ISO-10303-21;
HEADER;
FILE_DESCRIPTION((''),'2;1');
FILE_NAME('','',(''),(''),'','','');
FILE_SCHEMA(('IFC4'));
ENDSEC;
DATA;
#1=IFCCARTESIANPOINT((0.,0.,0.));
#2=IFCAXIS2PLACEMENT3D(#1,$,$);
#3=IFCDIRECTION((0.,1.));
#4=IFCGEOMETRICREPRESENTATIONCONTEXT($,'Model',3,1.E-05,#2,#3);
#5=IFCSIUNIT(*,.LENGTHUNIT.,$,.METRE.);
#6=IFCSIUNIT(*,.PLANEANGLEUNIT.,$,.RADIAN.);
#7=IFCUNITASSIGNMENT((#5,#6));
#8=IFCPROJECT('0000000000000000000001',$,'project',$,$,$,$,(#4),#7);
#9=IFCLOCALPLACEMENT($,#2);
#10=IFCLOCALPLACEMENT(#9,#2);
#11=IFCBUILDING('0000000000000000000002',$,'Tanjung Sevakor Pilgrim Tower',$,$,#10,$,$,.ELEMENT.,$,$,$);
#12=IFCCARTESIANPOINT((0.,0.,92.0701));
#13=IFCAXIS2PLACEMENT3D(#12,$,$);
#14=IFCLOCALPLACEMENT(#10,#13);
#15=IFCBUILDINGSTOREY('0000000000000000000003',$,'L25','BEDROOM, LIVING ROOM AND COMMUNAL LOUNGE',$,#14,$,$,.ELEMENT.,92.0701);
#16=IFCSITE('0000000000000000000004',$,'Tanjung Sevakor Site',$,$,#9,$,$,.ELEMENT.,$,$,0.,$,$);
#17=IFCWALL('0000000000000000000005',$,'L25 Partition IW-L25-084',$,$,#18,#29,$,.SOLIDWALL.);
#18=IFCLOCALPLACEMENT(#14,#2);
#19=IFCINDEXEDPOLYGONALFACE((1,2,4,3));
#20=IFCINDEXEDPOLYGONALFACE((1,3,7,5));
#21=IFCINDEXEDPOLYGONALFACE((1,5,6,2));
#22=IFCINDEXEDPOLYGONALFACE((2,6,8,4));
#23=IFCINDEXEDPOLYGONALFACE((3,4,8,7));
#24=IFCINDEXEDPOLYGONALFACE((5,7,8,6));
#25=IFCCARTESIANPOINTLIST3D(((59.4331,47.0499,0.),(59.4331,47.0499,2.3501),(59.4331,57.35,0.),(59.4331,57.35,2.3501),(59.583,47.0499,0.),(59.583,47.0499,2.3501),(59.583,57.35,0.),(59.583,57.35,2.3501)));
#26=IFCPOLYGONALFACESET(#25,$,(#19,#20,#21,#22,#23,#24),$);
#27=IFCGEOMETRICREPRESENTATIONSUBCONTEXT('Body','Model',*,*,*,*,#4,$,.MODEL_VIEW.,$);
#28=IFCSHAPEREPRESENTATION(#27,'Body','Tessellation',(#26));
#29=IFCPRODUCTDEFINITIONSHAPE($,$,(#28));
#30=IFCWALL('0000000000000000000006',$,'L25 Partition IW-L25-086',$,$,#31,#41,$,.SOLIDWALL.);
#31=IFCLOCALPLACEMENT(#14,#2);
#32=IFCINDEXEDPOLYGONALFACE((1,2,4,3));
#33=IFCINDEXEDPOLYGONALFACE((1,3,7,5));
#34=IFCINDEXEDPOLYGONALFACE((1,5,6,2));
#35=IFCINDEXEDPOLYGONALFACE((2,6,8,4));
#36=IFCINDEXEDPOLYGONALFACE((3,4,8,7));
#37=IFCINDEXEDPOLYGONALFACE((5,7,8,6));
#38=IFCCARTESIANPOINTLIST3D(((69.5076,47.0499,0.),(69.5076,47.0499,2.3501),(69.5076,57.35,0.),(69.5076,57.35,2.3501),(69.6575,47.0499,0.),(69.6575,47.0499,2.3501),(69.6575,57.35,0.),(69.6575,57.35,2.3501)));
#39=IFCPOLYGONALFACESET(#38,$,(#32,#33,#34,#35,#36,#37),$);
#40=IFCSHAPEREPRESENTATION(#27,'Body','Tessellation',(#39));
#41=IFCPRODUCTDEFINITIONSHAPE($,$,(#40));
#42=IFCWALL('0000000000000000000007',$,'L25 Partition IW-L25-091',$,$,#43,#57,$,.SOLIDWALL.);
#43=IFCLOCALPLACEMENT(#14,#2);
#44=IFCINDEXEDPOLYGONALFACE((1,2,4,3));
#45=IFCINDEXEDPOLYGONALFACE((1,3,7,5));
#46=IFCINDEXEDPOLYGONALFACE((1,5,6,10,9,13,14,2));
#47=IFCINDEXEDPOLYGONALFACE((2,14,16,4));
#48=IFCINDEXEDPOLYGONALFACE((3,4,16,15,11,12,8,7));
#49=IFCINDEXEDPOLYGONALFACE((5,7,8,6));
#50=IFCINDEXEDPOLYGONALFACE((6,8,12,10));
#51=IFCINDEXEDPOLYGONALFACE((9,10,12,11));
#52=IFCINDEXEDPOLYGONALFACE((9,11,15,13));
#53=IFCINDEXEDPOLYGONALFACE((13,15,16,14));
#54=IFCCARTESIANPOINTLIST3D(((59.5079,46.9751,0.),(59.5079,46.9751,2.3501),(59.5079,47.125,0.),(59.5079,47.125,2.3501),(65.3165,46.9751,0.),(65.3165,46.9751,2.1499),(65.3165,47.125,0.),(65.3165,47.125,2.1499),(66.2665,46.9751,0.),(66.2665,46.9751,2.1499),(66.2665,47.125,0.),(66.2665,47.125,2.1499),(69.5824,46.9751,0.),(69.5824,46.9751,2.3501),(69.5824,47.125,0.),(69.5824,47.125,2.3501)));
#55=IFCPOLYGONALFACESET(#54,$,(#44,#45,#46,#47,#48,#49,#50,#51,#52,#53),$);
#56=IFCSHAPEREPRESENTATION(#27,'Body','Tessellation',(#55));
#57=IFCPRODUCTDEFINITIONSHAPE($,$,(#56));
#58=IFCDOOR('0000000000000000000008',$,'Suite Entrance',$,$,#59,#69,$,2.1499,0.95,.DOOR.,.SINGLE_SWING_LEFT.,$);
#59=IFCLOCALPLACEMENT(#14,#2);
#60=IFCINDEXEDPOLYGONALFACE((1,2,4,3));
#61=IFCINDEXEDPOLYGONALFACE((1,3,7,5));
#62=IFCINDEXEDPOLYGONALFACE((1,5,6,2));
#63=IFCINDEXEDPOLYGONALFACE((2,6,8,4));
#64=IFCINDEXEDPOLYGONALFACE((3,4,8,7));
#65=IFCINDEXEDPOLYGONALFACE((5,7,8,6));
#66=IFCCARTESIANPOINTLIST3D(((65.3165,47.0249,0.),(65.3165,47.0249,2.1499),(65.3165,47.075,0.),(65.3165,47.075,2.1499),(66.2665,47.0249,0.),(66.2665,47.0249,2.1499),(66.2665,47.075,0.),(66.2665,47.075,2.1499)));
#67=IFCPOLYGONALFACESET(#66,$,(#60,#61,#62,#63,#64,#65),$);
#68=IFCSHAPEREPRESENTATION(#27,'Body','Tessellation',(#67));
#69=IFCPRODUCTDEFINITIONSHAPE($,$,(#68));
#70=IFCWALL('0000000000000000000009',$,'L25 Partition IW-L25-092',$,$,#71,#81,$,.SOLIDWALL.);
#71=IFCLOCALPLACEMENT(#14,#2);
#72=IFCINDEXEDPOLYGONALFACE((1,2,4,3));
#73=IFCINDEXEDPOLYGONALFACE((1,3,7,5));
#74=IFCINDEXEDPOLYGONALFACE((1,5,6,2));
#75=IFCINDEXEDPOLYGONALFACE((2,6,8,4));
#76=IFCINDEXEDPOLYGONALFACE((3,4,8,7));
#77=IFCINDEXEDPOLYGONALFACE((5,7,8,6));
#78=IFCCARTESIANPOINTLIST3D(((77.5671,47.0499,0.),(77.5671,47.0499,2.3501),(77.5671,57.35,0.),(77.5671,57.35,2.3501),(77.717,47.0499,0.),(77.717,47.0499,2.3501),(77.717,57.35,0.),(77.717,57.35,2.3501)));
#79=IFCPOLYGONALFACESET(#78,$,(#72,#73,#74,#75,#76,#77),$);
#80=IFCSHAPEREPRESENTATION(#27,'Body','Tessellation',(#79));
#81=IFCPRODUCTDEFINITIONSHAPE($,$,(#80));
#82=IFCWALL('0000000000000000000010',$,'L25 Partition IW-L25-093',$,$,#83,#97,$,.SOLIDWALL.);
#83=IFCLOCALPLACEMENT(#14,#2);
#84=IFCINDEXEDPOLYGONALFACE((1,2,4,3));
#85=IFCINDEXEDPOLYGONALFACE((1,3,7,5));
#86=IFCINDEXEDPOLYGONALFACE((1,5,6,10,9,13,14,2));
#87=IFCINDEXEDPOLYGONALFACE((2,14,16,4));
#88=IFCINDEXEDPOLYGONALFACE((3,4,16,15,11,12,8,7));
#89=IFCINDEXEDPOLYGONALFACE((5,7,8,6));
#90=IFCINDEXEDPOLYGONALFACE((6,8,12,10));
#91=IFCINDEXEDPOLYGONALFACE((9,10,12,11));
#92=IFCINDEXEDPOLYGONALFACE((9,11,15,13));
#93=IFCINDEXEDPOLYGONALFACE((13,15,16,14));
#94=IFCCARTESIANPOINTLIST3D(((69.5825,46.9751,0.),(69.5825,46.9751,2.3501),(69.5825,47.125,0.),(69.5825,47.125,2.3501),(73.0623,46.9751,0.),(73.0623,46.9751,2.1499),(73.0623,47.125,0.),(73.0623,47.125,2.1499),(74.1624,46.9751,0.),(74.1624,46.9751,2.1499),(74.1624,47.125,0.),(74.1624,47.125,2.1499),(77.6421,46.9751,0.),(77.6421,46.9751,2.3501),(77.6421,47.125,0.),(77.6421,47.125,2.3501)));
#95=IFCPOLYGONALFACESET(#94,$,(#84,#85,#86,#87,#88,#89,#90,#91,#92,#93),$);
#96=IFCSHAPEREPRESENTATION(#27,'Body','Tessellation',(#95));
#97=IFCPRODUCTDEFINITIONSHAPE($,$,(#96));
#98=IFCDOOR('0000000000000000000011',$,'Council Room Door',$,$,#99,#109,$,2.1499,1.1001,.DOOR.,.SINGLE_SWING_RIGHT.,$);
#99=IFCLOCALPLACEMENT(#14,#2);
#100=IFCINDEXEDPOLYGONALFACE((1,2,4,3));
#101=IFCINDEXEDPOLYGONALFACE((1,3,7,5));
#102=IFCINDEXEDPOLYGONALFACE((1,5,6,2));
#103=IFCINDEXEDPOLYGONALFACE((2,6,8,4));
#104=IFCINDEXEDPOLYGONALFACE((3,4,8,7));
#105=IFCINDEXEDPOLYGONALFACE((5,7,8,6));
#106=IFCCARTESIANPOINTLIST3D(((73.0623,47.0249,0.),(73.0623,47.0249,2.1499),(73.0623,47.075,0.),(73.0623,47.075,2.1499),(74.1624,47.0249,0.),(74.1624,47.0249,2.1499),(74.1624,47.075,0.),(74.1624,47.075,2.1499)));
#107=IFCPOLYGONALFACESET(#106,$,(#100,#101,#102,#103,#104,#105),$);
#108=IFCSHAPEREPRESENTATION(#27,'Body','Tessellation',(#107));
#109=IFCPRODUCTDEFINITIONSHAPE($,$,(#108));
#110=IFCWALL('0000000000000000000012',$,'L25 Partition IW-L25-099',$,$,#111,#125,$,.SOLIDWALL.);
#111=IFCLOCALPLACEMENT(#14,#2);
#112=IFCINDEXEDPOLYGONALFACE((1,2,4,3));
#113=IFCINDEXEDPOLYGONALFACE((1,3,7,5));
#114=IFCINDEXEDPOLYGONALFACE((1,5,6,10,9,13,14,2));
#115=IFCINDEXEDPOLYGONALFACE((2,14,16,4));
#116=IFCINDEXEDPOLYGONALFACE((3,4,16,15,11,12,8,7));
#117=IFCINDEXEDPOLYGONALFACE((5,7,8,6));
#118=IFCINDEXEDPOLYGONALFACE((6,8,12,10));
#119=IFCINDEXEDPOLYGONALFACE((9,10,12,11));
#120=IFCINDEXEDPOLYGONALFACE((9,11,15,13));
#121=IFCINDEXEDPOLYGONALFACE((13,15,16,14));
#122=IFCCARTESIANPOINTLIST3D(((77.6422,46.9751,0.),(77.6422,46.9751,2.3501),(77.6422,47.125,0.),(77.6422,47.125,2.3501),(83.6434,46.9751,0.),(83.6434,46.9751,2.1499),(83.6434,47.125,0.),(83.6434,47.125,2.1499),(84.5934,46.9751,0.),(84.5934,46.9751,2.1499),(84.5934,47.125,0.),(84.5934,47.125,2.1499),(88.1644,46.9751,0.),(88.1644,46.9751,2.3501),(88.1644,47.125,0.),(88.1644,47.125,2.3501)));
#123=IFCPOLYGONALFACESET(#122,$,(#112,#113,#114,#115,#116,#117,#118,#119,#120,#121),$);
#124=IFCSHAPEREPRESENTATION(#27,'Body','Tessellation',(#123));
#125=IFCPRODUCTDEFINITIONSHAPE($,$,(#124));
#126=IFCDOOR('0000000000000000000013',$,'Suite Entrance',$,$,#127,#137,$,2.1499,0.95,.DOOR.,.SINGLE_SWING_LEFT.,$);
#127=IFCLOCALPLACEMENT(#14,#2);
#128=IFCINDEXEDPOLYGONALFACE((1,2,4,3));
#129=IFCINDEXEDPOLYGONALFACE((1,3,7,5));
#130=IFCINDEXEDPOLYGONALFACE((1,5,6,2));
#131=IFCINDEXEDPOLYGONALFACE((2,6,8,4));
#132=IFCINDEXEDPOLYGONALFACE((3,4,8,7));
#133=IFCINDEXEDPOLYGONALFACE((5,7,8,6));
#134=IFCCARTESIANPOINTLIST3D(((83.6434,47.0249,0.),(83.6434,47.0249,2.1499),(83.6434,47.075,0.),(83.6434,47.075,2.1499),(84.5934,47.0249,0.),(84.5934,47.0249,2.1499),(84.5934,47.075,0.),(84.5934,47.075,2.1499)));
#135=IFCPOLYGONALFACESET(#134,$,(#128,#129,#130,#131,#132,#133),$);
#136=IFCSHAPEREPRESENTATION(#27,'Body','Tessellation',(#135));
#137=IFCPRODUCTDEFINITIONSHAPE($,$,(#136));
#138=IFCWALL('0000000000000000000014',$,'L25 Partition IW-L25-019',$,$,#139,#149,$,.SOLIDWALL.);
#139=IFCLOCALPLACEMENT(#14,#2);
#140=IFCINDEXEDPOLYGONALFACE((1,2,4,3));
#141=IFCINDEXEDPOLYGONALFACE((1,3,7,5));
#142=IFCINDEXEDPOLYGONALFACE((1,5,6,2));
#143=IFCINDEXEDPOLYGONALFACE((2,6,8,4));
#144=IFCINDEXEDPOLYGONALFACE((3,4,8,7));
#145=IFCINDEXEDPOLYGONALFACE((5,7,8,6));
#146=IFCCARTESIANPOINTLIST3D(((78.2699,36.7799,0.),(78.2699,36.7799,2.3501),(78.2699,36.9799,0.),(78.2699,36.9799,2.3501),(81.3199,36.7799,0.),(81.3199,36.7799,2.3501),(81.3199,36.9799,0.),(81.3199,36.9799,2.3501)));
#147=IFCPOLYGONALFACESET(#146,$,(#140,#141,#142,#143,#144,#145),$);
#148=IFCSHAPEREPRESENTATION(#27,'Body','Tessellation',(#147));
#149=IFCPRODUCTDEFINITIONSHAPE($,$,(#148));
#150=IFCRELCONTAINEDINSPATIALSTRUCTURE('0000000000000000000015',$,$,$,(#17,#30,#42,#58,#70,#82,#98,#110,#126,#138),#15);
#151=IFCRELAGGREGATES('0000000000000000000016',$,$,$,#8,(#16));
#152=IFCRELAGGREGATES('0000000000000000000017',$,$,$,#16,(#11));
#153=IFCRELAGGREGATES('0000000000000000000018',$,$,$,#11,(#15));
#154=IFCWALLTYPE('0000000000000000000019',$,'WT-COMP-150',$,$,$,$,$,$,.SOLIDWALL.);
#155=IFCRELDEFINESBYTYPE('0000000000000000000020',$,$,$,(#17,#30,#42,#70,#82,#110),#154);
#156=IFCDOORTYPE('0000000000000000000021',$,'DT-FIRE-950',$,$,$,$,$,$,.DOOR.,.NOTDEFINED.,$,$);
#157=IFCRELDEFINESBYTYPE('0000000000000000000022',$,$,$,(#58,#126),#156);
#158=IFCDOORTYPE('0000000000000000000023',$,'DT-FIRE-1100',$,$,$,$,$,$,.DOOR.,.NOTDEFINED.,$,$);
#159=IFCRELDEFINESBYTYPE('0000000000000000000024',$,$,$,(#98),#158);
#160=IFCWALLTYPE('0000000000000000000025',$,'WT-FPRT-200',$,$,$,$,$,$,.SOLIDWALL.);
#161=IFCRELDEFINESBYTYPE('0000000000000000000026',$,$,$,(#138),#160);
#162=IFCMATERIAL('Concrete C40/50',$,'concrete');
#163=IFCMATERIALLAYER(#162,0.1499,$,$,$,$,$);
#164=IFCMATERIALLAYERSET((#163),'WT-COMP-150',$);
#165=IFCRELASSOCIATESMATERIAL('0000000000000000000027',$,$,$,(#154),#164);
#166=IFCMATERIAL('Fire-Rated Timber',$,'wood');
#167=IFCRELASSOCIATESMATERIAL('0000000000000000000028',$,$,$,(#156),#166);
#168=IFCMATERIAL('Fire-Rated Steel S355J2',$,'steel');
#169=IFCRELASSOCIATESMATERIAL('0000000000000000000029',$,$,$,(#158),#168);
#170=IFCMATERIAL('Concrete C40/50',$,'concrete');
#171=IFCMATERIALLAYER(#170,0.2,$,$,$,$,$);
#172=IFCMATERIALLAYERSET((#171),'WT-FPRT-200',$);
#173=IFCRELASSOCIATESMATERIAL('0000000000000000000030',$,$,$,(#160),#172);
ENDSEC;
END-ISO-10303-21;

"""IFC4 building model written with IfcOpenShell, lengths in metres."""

from ifc_helpers import new_model, si_unit, direction, frame, frame_2d, origin, place, context, subcontext, project, spatial, rectangle, extrude, material, layer, layer_set, type_object, element, fill, save


model = new_model("IFC4")

# Units and contexts
model_context = context("Model", 3, precision=1e-05, world=origin(), true_north=direction((0.0, 1.0)))
body_context = subcontext(model_context, "Body", "Model", "MODEL_VIEW")
ifc_project = project(units=[si_unit("LENGTHUNIT", "METRE"), si_unit("PLANEANGLEUNIT", "RADIAN")], contexts=[model_context])

# Site, building, storey
site_placement = place(None, origin())
site = spatial("IfcSite", under=ifc_project, at=site_placement, Name="Tanjung Sevakor Site", CompositionType="ELEMENT", RefElevation=0.0)
building_placement = place(site_placement, origin())
building = spatial("IfcBuilding", under=site, at=building_placement, Name="Tanjung Sevakor Pilgrim Tower", CompositionType="ELEMENT")
storey_placement = place(building_placement, frame((0.0, 0.0, 92.0701)))
storey = spatial("IfcBuildingStorey", under=building, at=storey_placement, Name="L25", Description="BEDROOM, LIVING ROOM AND COMMUNAL LOUNGE", CompositionType="ELEMENT", Elevation=92.0701)

# Walls
ifc_material_1 = material(Name="Concrete C40/50", Category="concrete")
ifc_layer_1 = layer(ifc_material_1, 0.1499)
ifc_layer_set_1 = layer_set([ifc_layer_1], Name="WT-COMP-150")
wall_type_1 = type_object("IfcWallType", Name="WT-COMP-150", PredefinedType="SOLIDWALL", material=ifc_layer_set_1)
for number, where, z_axis, x_axis, name in (
    (1, (59.5081, 47.05, 0.0), (0.0, 0.0, 1.0), (0.0, 1.0, 0.0), "L25 Partition IW-L25-084"),
    (2, (69.5825, 47.05, 0.0), (0.0, 0.0, 1.0), (0.0, 1.0, 0.0), "L25 Partition IW-L25-086"),
):
    element("IfcWall", number, at=place(storey_placement, frame(where, z_axis=z_axis, x_axis=x_axis)), inside=storey, type_object=wall_type_1, Name=name, PredefinedType="SOLIDWALL", context=body_context, shape_type="SweptSolid", body=[
        extrude(rectangle(XDim=10.3, YDim=0.1499, at=frame_2d((5.1499, 0.0))), origin(), (0.0, 0.0, 1.0), 2.3501),
    ])

# Wall, opening, door
wall_1_placement = place(storey_placement, frame((59.5081, 47.05, 0.0), z_axis=(0.0, 0.0, 1.0), x_axis=(1.0, 0.0, 0.0)))
wall_1 = element("IfcWall", 3, at=wall_1_placement, inside=storey, type_object=wall_type_1, Name="L25 Partition IW-L25-091", PredefinedType="SOLIDWALL", context=body_context, shape_type="SweptSolid", body=[
    extrude(rectangle(XDim=10.0745, YDim=0.1499, at=frame_2d((5.0371, 0.0))), origin(), (0.0, 0.0, 1.0), 2.3501),
])
opening_1_placement = place(wall_1_placement, frame((5.8083, 0.0, 0.0)))
opening_1 = element("IfcOpeningElement", 4, at=opening_1_placement, cuts=wall_1, PredefinedType="OPENING", context=body_context, shape_type="SweptSolid", body=[
    extrude(rectangle(XDim=0.95, YDim=2.1499, at=frame_2d((0.4751, 1.075))), frame((0.0, 0.085, 0.0), z_axis=(0.0, -1.0, 0.0), x_axis=(1.0, 0.0, 0.0)), (0.0, 0.0, 1.0), 0.1699),
])
ifc_material_2 = material(Name="Fire-Rated Timber", Category="wood")
door_type_1 = type_object("IfcDoorType", Name="DT-FIRE-950", OperationType="NOTDEFINED", PredefinedType="DOOR", material=ifc_material_2)
door_1_placement = place(opening_1_placement, origin())
door_1 = element("IfcDoor", 5, at=door_1_placement, inside=storey, type_object=door_type_1, Name="Suite Entrance", OperationType="SINGLE_SWING_LEFT", OverallHeight=2.1499, OverallWidth=0.95, PredefinedType="DOOR", context=body_context, shape_type="SweptSolid", body=[
    extrude(rectangle(XDim=0.95, YDim=2.1499, at=frame_2d((0.4751, 1.075))), frame((0.0, 0.0249, 0.0), z_axis=(0.0, -1.0, 0.0), x_axis=(1.0, 0.0, 0.0)), (0.0, 0.0, 1.0), 0.05),
])
fill(opening_1, door_1)

# Wall
wall_2_placement = place(storey_placement, frame((77.6421, 47.05, 0.0), z_axis=(0.0, 0.0, 1.0), x_axis=(0.0, 1.0, 0.0)))
element("IfcWall", 6, at=wall_2_placement, inside=storey, type_object=wall_type_1, Name="L25 Partition IW-L25-092", PredefinedType="SOLIDWALL", context=body_context, shape_type="SweptSolid", body=[
    extrude(rectangle(XDim=10.3, YDim=0.1499, at=frame_2d((5.1499, 0.0))), origin(), (0.0, 0.0, 1.0), 2.3501),
])

# Walls, openings, doors
wall_3_placement = place(storey_placement, frame((69.5825, 47.05, 0.0), z_axis=(0.0, 0.0, 1.0), x_axis=(1.0, 0.0, 0.0)))
wall_3 = element("IfcWall", 7, at=wall_3_placement, inside=storey, type_object=wall_type_1, Name="L25 Partition IW-L25-093", PredefinedType="SOLIDWALL", context=body_context, shape_type="SweptSolid", body=[
    extrude(rectangle(XDim=8.0596, YDim=0.1499, at=frame_2d((4.0298, 0.0))), origin(), (0.0, 0.0, 1.0), 2.3501),
])
opening_2_placement = place(wall_3_placement, frame((3.4797, 0.0, 0.0)))
opening_2 = element("IfcOpeningElement", 8, at=opening_2_placement, cuts=wall_3, PredefinedType="OPENING", context=body_context, shape_type="SweptSolid", body=[
    extrude(rectangle(XDim=1.1001, YDim=2.1499, at=frame_2d((0.55, 1.075))), frame((0.0, 0.085, 0.0), z_axis=(0.0, -1.0, 0.0), x_axis=(1.0, 0.0, 0.0)), (0.0, 0.0, 1.0), 0.1699),
])
ifc_material_3 = material(Name="Fire-Rated Steel S355J2", Category="steel")
door_type_2 = type_object("IfcDoorType", Name="DT-FIRE-1100", OperationType="NOTDEFINED", PredefinedType="DOOR", material=ifc_material_3)
door_2_placement = place(opening_2_placement, origin())
door_2 = element("IfcDoor", 9, at=door_2_placement, inside=storey, type_object=door_type_2, Name="Council Room Door", OperationType="SINGLE_SWING_RIGHT", OverallHeight=2.1499, OverallWidth=1.1001, PredefinedType="DOOR", context=body_context, shape_type="SweptSolid", body=[
    extrude(rectangle(XDim=1.1001, YDim=2.1499, at=frame_2d((0.55, 1.075))), frame((0.0, 0.0249, 0.0), z_axis=(0.0, -1.0, 0.0), x_axis=(1.0, 0.0, 0.0)), (0.0, 0.0, 1.0), 0.05),
])
fill(opening_2, door_2)
wall_4_placement = place(storey_placement, frame((77.6421, 47.05, 0.0), z_axis=(0.0, 0.0, 1.0), x_axis=(1.0, 0.0, 0.0)))
wall_4 = element("IfcWall", 10, at=wall_4_placement, inside=storey, type_object=wall_type_1, Name="L25 Partition IW-L25-099", PredefinedType="SOLIDWALL", context=body_context, shape_type="SweptSolid", body=[
    extrude(rectangle(XDim=10.5222, YDim=0.1499, at=frame_2d((5.2612, 0.0))), origin(), (0.0, 0.0, 1.0), 2.3501),
])
opening_3_placement = place(wall_4_placement, frame((6.0012, 0.0, 0.0)))
opening_3 = element("IfcOpeningElement", 11, at=opening_3_placement, cuts=wall_4, PredefinedType="OPENING", context=body_context, shape_type="SweptSolid", body=[
    extrude(rectangle(XDim=0.95, YDim=2.1499, at=frame_2d((0.4751, 1.075))), frame((0.0, 0.085, 0.0), z_axis=(0.0, -1.0, 0.0), x_axis=(1.0, 0.0, 0.0)), (0.0, 0.0, 1.0), 0.1699),
])
door_3_placement = place(opening_3_placement, origin())
door_3 = element("IfcDoor", 12, at=door_3_placement, inside=storey, type_object=door_type_1, Name="Suite Entrance", OperationType="SINGLE_SWING_LEFT", OverallHeight=2.1499, OverallWidth=0.95, PredefinedType="DOOR", context=body_context, shape_type="SweptSolid", body=[
    extrude(rectangle(XDim=0.95, YDim=2.1499, at=frame_2d((0.4751, 1.075))), frame((0.0, 0.0249, 0.0), z_axis=(0.0, -1.0, 0.0), x_axis=(1.0, 0.0, 0.0)), (0.0, 0.0, 1.0), 0.05),
])
fill(opening_3, door_3)

# Wall
ifc_material_4 = material(Name="Concrete C40/50", Category="concrete")
ifc_layer_2 = layer(ifc_material_4, 0.2)
ifc_layer_set_2 = layer_set([ifc_layer_2], Name="WT-FPRT-200")
wall_type_2 = type_object("IfcWallType", Name="WT-FPRT-200", PredefinedType="SOLIDWALL", material=ifc_layer_set_2)
wall_5_placement = place(storey_placement, frame((78.27, 36.8799, 0.0), z_axis=(0.0, 0.0, 1.0), x_axis=(1.0, 0.0, 0.0)))
element("IfcWall", 13, at=wall_5_placement, inside=storey, type_object=wall_type_2, Name="L25 Partition IW-L25-019", PredefinedType="SOLIDWALL", context=body_context, shape_type="SweptSolid", body=[
    extrude(rectangle(XDim=3.05, YDim=0.2, at=frame_2d((1.5249, 0.0))), origin(), (0.0, 0.0, 1.0), 2.3501),
])

save(model, "model.ifc")
